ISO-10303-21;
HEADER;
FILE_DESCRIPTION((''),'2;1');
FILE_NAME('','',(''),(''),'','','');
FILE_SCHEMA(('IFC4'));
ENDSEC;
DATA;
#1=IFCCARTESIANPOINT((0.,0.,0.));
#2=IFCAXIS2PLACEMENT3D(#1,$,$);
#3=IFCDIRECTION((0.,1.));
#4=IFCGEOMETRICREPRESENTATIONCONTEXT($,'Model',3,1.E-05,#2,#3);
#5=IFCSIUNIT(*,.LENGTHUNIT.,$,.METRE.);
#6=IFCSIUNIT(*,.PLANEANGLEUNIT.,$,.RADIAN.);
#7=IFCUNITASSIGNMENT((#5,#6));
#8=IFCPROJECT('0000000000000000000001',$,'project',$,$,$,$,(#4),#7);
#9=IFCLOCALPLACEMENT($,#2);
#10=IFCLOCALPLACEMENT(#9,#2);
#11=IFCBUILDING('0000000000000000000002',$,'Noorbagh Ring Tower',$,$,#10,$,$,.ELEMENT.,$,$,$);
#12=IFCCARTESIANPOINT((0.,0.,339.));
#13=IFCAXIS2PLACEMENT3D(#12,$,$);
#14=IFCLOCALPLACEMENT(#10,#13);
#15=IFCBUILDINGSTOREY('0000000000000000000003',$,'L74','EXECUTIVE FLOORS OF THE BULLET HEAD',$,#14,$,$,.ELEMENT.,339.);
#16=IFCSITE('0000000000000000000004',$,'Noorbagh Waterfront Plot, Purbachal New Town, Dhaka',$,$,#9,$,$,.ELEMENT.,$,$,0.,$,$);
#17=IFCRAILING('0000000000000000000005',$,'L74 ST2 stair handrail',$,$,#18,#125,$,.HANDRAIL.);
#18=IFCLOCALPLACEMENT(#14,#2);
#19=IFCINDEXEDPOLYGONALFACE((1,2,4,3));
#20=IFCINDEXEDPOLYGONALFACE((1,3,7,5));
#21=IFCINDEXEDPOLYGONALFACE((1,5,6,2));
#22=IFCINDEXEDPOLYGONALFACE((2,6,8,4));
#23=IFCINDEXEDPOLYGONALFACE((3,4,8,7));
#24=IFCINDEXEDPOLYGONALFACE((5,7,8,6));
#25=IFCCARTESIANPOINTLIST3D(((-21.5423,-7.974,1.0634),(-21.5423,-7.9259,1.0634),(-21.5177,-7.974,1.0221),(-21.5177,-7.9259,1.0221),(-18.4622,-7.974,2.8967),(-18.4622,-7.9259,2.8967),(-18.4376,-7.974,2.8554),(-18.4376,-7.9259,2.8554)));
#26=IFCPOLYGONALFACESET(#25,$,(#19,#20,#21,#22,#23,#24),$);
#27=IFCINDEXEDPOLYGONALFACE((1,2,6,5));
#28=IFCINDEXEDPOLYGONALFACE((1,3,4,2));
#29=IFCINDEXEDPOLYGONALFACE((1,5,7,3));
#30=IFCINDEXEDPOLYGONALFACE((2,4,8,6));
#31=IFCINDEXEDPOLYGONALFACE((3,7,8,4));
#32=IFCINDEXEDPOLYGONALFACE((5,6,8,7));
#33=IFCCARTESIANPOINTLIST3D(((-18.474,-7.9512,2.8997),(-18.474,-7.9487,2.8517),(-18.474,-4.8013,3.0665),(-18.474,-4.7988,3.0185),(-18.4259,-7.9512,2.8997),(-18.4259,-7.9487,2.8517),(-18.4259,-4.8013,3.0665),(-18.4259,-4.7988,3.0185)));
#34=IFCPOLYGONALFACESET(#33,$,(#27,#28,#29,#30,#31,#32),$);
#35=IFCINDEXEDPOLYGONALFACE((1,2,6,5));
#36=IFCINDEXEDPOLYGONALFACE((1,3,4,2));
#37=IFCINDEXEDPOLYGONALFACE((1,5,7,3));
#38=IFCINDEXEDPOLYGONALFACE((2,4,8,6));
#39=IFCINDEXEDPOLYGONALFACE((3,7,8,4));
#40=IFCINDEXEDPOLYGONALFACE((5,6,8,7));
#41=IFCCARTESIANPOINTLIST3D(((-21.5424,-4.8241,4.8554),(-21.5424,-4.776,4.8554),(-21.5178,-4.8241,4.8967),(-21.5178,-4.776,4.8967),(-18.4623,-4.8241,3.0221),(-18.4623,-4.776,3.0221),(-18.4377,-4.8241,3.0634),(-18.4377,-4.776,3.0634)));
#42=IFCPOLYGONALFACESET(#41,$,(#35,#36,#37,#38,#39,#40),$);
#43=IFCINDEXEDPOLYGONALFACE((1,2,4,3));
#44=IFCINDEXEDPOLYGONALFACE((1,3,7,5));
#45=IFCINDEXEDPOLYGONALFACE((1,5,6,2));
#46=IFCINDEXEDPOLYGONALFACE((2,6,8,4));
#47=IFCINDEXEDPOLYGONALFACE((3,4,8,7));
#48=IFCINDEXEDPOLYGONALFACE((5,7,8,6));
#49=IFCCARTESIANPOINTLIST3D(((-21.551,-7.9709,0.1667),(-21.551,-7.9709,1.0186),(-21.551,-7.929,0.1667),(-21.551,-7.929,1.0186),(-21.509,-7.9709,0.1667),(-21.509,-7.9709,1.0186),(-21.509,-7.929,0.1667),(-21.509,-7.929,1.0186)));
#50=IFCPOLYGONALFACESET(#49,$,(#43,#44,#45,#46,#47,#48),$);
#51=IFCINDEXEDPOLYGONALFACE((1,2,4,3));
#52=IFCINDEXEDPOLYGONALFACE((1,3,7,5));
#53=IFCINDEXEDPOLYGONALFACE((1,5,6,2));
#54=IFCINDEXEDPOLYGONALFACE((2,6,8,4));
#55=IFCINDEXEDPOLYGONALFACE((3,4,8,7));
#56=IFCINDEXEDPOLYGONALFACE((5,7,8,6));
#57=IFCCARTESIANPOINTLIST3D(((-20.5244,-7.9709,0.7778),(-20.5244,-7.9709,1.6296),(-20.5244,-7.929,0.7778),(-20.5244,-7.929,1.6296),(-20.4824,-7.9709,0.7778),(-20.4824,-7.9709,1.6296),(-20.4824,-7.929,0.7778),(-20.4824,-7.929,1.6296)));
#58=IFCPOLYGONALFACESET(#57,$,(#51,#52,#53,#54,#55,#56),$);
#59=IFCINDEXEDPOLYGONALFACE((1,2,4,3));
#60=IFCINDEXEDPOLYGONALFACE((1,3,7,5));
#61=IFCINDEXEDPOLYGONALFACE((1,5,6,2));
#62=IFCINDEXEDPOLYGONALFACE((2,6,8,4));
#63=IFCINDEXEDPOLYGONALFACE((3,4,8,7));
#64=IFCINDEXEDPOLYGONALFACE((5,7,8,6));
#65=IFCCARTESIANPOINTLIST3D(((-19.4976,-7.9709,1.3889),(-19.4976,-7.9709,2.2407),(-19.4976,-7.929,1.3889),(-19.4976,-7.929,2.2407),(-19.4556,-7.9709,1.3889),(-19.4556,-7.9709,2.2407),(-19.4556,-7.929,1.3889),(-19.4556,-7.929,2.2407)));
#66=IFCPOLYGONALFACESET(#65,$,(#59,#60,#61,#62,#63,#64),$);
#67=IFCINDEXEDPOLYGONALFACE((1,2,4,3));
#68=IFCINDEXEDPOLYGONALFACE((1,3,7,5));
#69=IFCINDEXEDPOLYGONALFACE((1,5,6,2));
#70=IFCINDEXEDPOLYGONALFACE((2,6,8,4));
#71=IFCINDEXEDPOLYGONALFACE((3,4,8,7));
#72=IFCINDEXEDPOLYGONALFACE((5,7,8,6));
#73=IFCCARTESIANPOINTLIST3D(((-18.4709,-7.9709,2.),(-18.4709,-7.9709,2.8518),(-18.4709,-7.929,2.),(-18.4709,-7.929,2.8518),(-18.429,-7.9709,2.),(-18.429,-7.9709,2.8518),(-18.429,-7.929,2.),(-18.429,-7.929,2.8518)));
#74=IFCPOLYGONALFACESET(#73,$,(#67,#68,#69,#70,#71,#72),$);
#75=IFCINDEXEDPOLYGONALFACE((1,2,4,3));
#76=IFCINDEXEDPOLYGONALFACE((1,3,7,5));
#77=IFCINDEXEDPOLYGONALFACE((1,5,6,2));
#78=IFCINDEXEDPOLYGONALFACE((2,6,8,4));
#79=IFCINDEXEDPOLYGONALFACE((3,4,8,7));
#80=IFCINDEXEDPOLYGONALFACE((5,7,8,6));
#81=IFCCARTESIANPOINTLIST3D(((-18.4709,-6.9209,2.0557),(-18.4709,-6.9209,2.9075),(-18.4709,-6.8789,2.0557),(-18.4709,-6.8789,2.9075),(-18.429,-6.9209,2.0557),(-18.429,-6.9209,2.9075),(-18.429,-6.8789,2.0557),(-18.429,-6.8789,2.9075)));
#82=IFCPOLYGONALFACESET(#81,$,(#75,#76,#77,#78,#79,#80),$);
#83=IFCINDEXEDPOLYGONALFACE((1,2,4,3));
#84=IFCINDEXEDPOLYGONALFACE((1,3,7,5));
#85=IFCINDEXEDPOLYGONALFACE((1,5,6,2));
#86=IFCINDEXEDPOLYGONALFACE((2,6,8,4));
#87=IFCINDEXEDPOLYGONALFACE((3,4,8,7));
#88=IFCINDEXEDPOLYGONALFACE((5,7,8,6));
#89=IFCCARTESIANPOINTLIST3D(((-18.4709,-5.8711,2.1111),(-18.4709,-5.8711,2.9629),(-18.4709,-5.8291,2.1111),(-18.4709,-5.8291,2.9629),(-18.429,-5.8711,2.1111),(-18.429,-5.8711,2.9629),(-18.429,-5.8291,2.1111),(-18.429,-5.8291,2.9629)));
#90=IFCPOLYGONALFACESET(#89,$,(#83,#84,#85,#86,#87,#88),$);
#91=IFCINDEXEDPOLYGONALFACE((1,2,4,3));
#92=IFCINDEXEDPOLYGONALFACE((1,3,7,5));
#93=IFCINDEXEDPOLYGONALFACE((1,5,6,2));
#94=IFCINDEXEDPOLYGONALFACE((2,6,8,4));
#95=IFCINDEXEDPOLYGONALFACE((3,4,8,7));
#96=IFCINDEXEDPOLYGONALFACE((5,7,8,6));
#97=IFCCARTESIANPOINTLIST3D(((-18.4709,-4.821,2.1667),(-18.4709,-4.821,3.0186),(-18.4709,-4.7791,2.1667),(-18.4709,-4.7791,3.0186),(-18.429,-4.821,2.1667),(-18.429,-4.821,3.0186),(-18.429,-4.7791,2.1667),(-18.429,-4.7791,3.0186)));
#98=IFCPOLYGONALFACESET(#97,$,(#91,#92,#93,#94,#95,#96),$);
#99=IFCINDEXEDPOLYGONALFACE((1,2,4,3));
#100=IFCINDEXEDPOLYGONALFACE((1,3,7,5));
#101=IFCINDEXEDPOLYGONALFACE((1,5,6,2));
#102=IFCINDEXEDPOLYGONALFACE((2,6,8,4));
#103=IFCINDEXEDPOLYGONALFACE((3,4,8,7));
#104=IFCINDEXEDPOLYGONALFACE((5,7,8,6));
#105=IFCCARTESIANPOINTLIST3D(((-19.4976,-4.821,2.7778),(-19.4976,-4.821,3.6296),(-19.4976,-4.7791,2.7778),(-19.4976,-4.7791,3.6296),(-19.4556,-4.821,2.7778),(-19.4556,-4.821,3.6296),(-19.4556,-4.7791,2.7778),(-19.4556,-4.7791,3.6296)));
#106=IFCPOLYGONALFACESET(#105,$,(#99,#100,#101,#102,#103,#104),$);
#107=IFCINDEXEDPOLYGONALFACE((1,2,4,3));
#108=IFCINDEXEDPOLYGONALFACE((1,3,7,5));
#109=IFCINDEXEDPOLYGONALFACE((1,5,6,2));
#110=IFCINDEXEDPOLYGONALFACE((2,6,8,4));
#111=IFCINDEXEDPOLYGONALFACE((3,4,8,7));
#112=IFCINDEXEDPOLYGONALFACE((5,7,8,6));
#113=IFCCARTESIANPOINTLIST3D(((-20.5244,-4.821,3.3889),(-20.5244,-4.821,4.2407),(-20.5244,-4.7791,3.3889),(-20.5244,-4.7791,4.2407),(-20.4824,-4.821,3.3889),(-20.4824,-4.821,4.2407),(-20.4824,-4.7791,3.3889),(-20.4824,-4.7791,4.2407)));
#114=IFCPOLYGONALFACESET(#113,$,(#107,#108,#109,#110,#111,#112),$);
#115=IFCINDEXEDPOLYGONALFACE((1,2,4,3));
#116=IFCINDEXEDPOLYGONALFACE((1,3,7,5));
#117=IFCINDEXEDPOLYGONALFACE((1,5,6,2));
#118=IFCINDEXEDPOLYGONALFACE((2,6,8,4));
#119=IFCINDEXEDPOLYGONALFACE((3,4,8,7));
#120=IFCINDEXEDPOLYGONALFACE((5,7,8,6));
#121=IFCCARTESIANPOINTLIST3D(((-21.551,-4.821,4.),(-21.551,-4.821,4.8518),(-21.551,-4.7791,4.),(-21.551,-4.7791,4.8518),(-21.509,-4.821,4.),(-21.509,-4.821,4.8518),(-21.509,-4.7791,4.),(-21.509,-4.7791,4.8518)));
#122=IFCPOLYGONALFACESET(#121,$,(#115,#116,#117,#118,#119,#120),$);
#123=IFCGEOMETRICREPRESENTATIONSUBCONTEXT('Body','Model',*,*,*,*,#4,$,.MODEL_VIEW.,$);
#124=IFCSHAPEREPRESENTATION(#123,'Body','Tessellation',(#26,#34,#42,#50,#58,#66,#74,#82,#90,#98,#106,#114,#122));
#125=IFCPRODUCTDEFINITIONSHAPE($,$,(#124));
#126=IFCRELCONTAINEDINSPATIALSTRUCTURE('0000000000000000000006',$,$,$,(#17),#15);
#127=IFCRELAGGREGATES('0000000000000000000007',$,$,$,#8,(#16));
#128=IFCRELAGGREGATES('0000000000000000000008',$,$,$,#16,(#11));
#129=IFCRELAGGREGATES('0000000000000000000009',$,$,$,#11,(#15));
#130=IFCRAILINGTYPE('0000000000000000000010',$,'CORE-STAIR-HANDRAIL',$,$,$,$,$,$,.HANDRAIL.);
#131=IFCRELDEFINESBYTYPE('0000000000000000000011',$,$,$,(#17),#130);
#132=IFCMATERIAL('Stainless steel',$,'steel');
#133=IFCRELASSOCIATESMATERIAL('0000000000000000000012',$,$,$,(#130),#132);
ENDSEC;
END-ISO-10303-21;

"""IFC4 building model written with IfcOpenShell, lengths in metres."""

from ifc_helpers import new_model, si_unit, direction, frame, origin, origin_2d, place, context, subcontext, project, spatial, rectangle, extrude, material, type_object, element, save


model = new_model("IFC4")

# Units and contexts
model_context = context("Model", 3, precision=1e-05, world=origin(), true_north=direction((0.0, 1.0)))
body_context = subcontext(model_context, "Body", "Model", "MODEL_VIEW")
ifc_project = project(units=[si_unit("LENGTHUNIT", "METRE"), si_unit("PLANEANGLEUNIT", "RADIAN")], contexts=[model_context])

# Site, building, storey
site_placement = place(None, origin())
site = spatial("IfcSite", under=ifc_project, at=site_placement, Name="Noorbagh Waterfront Plot, Purbachal New Town, Dhaka", CompositionType="ELEMENT", RefElevation=0.0)
building_placement = place(site_placement, origin())
building = spatial("IfcBuilding", under=site, at=building_placement, Name="Noorbagh Ring Tower", CompositionType="ELEMENT")
storey_placement = place(building_placement, frame((0.0, 0.0, 339.0)))
storey = spatial("IfcBuildingStorey", under=building, at=storey_placement, Name="L74", Description="EXECUTIVE FLOORS OF THE BULLET HEAD", CompositionType="ELEMENT", Elevation=339.0)

# Railing
ifc_material_1 = material(Name="Stainless steel", Category="steel")
railing_type_1 = type_object("IfcRailingType", Name="CORE-STAIR-HANDRAIL", PredefinedType="HANDRAIL", material=ifc_material_1)
railing_1_placement = place(storey_placement, frame((-21.53, -7.95, 0.1667)))
element("IfcRailing", 1, at=railing_1_placement, inside=storey, type_object=railing_type_1, Name="L74 ST2 stair handrail", PredefinedType="HANDRAIL", context=body_context, shape_type="SweptSolid", body=[
    extrude(rectangle(XDim=0.0481, YDim=0.0481, at=origin_2d()), frame((0.0, 0.0, 0.876), z_axis=(0.859309, 0.0, 0.511458), x_axis=(0.0, 1.0, 0.0)), (0.0, 0.0, 1.0), 3.5845),
    extrude(rectangle(XDim=0.0481, YDim=0.0481, at=origin_2d()), frame((3.0801, 0.0, 2.709), z_axis=(0.0, 0.998602, 0.052864), x_axis=(-1.0, 0.0, 0.0)), (0.0, 0.0, 1.0), 3.1543),
    extrude(rectangle(XDim=0.0481, YDim=0.0481, at=origin_2d()), frame((3.0801, 3.1499, 2.876), z_axis=(-0.859309, 0.0, 0.511458), x_axis=(0.0, -1.0, 0.0)), (0.0, 0.0, 1.0), 3.5845),
    extrude(rectangle(XDim=0.042, YDim=0.042, at=origin_2d()), origin(), (0.0, 0.0, 1.0), 0.8518),
    extrude(rectangle(XDim=0.042, YDim=0.042, at=origin_2d()), frame((1.0266, 0.0, 0.6111)), (0.0, 0.0, 1.0), 0.8518),
    extrude(rectangle(XDim=0.042, YDim=0.042, at=origin_2d()), frame((2.0535, 0.0, 1.2222)), (0.0, 0.0, 1.0), 0.8518),
    extrude(rectangle(XDim=0.042, YDim=0.042, at=origin_2d()), frame((3.0801, 0.0, 1.8333)), (0.0, 0.0, 1.0), 0.8518),
    extrude(rectangle(XDim=0.042, YDim=0.042, at=origin_2d()), frame((3.0801, 1.05, 1.8889)), (0.0, 0.0, 1.0), 0.8518),
    extrude(rectangle(XDim=0.042, YDim=0.042, at=origin_2d()), frame((3.0801, 2.0999, 1.9443)), (0.0, 0.0, 1.0), 0.8518),
    extrude(rectangle(XDim=0.042, YDim=0.042, at=origin_2d()), frame((3.0801, 3.1499, 2.0)), (0.0, 0.0, 1.0), 0.8518),
    extrude(rectangle(XDim=0.042, YDim=0.042, at=origin_2d()), frame((2.0535, 3.1499, 2.6111)), (0.0, 0.0, 1.0), 0.8518),
    extrude(rectangle(XDim=0.042, YDim=0.042, at=origin_2d()), frame((1.0266, 3.1499, 3.2222)), (0.0, 0.0, 1.0), 0.8518),
    extrude(rectangle(XDim=0.042, YDim=0.042, at=origin_2d()), frame((0.0, 3.1499, 3.8333)), (0.0, 0.0, 1.0), 0.8518),
])

save(model, "model.ifc")
